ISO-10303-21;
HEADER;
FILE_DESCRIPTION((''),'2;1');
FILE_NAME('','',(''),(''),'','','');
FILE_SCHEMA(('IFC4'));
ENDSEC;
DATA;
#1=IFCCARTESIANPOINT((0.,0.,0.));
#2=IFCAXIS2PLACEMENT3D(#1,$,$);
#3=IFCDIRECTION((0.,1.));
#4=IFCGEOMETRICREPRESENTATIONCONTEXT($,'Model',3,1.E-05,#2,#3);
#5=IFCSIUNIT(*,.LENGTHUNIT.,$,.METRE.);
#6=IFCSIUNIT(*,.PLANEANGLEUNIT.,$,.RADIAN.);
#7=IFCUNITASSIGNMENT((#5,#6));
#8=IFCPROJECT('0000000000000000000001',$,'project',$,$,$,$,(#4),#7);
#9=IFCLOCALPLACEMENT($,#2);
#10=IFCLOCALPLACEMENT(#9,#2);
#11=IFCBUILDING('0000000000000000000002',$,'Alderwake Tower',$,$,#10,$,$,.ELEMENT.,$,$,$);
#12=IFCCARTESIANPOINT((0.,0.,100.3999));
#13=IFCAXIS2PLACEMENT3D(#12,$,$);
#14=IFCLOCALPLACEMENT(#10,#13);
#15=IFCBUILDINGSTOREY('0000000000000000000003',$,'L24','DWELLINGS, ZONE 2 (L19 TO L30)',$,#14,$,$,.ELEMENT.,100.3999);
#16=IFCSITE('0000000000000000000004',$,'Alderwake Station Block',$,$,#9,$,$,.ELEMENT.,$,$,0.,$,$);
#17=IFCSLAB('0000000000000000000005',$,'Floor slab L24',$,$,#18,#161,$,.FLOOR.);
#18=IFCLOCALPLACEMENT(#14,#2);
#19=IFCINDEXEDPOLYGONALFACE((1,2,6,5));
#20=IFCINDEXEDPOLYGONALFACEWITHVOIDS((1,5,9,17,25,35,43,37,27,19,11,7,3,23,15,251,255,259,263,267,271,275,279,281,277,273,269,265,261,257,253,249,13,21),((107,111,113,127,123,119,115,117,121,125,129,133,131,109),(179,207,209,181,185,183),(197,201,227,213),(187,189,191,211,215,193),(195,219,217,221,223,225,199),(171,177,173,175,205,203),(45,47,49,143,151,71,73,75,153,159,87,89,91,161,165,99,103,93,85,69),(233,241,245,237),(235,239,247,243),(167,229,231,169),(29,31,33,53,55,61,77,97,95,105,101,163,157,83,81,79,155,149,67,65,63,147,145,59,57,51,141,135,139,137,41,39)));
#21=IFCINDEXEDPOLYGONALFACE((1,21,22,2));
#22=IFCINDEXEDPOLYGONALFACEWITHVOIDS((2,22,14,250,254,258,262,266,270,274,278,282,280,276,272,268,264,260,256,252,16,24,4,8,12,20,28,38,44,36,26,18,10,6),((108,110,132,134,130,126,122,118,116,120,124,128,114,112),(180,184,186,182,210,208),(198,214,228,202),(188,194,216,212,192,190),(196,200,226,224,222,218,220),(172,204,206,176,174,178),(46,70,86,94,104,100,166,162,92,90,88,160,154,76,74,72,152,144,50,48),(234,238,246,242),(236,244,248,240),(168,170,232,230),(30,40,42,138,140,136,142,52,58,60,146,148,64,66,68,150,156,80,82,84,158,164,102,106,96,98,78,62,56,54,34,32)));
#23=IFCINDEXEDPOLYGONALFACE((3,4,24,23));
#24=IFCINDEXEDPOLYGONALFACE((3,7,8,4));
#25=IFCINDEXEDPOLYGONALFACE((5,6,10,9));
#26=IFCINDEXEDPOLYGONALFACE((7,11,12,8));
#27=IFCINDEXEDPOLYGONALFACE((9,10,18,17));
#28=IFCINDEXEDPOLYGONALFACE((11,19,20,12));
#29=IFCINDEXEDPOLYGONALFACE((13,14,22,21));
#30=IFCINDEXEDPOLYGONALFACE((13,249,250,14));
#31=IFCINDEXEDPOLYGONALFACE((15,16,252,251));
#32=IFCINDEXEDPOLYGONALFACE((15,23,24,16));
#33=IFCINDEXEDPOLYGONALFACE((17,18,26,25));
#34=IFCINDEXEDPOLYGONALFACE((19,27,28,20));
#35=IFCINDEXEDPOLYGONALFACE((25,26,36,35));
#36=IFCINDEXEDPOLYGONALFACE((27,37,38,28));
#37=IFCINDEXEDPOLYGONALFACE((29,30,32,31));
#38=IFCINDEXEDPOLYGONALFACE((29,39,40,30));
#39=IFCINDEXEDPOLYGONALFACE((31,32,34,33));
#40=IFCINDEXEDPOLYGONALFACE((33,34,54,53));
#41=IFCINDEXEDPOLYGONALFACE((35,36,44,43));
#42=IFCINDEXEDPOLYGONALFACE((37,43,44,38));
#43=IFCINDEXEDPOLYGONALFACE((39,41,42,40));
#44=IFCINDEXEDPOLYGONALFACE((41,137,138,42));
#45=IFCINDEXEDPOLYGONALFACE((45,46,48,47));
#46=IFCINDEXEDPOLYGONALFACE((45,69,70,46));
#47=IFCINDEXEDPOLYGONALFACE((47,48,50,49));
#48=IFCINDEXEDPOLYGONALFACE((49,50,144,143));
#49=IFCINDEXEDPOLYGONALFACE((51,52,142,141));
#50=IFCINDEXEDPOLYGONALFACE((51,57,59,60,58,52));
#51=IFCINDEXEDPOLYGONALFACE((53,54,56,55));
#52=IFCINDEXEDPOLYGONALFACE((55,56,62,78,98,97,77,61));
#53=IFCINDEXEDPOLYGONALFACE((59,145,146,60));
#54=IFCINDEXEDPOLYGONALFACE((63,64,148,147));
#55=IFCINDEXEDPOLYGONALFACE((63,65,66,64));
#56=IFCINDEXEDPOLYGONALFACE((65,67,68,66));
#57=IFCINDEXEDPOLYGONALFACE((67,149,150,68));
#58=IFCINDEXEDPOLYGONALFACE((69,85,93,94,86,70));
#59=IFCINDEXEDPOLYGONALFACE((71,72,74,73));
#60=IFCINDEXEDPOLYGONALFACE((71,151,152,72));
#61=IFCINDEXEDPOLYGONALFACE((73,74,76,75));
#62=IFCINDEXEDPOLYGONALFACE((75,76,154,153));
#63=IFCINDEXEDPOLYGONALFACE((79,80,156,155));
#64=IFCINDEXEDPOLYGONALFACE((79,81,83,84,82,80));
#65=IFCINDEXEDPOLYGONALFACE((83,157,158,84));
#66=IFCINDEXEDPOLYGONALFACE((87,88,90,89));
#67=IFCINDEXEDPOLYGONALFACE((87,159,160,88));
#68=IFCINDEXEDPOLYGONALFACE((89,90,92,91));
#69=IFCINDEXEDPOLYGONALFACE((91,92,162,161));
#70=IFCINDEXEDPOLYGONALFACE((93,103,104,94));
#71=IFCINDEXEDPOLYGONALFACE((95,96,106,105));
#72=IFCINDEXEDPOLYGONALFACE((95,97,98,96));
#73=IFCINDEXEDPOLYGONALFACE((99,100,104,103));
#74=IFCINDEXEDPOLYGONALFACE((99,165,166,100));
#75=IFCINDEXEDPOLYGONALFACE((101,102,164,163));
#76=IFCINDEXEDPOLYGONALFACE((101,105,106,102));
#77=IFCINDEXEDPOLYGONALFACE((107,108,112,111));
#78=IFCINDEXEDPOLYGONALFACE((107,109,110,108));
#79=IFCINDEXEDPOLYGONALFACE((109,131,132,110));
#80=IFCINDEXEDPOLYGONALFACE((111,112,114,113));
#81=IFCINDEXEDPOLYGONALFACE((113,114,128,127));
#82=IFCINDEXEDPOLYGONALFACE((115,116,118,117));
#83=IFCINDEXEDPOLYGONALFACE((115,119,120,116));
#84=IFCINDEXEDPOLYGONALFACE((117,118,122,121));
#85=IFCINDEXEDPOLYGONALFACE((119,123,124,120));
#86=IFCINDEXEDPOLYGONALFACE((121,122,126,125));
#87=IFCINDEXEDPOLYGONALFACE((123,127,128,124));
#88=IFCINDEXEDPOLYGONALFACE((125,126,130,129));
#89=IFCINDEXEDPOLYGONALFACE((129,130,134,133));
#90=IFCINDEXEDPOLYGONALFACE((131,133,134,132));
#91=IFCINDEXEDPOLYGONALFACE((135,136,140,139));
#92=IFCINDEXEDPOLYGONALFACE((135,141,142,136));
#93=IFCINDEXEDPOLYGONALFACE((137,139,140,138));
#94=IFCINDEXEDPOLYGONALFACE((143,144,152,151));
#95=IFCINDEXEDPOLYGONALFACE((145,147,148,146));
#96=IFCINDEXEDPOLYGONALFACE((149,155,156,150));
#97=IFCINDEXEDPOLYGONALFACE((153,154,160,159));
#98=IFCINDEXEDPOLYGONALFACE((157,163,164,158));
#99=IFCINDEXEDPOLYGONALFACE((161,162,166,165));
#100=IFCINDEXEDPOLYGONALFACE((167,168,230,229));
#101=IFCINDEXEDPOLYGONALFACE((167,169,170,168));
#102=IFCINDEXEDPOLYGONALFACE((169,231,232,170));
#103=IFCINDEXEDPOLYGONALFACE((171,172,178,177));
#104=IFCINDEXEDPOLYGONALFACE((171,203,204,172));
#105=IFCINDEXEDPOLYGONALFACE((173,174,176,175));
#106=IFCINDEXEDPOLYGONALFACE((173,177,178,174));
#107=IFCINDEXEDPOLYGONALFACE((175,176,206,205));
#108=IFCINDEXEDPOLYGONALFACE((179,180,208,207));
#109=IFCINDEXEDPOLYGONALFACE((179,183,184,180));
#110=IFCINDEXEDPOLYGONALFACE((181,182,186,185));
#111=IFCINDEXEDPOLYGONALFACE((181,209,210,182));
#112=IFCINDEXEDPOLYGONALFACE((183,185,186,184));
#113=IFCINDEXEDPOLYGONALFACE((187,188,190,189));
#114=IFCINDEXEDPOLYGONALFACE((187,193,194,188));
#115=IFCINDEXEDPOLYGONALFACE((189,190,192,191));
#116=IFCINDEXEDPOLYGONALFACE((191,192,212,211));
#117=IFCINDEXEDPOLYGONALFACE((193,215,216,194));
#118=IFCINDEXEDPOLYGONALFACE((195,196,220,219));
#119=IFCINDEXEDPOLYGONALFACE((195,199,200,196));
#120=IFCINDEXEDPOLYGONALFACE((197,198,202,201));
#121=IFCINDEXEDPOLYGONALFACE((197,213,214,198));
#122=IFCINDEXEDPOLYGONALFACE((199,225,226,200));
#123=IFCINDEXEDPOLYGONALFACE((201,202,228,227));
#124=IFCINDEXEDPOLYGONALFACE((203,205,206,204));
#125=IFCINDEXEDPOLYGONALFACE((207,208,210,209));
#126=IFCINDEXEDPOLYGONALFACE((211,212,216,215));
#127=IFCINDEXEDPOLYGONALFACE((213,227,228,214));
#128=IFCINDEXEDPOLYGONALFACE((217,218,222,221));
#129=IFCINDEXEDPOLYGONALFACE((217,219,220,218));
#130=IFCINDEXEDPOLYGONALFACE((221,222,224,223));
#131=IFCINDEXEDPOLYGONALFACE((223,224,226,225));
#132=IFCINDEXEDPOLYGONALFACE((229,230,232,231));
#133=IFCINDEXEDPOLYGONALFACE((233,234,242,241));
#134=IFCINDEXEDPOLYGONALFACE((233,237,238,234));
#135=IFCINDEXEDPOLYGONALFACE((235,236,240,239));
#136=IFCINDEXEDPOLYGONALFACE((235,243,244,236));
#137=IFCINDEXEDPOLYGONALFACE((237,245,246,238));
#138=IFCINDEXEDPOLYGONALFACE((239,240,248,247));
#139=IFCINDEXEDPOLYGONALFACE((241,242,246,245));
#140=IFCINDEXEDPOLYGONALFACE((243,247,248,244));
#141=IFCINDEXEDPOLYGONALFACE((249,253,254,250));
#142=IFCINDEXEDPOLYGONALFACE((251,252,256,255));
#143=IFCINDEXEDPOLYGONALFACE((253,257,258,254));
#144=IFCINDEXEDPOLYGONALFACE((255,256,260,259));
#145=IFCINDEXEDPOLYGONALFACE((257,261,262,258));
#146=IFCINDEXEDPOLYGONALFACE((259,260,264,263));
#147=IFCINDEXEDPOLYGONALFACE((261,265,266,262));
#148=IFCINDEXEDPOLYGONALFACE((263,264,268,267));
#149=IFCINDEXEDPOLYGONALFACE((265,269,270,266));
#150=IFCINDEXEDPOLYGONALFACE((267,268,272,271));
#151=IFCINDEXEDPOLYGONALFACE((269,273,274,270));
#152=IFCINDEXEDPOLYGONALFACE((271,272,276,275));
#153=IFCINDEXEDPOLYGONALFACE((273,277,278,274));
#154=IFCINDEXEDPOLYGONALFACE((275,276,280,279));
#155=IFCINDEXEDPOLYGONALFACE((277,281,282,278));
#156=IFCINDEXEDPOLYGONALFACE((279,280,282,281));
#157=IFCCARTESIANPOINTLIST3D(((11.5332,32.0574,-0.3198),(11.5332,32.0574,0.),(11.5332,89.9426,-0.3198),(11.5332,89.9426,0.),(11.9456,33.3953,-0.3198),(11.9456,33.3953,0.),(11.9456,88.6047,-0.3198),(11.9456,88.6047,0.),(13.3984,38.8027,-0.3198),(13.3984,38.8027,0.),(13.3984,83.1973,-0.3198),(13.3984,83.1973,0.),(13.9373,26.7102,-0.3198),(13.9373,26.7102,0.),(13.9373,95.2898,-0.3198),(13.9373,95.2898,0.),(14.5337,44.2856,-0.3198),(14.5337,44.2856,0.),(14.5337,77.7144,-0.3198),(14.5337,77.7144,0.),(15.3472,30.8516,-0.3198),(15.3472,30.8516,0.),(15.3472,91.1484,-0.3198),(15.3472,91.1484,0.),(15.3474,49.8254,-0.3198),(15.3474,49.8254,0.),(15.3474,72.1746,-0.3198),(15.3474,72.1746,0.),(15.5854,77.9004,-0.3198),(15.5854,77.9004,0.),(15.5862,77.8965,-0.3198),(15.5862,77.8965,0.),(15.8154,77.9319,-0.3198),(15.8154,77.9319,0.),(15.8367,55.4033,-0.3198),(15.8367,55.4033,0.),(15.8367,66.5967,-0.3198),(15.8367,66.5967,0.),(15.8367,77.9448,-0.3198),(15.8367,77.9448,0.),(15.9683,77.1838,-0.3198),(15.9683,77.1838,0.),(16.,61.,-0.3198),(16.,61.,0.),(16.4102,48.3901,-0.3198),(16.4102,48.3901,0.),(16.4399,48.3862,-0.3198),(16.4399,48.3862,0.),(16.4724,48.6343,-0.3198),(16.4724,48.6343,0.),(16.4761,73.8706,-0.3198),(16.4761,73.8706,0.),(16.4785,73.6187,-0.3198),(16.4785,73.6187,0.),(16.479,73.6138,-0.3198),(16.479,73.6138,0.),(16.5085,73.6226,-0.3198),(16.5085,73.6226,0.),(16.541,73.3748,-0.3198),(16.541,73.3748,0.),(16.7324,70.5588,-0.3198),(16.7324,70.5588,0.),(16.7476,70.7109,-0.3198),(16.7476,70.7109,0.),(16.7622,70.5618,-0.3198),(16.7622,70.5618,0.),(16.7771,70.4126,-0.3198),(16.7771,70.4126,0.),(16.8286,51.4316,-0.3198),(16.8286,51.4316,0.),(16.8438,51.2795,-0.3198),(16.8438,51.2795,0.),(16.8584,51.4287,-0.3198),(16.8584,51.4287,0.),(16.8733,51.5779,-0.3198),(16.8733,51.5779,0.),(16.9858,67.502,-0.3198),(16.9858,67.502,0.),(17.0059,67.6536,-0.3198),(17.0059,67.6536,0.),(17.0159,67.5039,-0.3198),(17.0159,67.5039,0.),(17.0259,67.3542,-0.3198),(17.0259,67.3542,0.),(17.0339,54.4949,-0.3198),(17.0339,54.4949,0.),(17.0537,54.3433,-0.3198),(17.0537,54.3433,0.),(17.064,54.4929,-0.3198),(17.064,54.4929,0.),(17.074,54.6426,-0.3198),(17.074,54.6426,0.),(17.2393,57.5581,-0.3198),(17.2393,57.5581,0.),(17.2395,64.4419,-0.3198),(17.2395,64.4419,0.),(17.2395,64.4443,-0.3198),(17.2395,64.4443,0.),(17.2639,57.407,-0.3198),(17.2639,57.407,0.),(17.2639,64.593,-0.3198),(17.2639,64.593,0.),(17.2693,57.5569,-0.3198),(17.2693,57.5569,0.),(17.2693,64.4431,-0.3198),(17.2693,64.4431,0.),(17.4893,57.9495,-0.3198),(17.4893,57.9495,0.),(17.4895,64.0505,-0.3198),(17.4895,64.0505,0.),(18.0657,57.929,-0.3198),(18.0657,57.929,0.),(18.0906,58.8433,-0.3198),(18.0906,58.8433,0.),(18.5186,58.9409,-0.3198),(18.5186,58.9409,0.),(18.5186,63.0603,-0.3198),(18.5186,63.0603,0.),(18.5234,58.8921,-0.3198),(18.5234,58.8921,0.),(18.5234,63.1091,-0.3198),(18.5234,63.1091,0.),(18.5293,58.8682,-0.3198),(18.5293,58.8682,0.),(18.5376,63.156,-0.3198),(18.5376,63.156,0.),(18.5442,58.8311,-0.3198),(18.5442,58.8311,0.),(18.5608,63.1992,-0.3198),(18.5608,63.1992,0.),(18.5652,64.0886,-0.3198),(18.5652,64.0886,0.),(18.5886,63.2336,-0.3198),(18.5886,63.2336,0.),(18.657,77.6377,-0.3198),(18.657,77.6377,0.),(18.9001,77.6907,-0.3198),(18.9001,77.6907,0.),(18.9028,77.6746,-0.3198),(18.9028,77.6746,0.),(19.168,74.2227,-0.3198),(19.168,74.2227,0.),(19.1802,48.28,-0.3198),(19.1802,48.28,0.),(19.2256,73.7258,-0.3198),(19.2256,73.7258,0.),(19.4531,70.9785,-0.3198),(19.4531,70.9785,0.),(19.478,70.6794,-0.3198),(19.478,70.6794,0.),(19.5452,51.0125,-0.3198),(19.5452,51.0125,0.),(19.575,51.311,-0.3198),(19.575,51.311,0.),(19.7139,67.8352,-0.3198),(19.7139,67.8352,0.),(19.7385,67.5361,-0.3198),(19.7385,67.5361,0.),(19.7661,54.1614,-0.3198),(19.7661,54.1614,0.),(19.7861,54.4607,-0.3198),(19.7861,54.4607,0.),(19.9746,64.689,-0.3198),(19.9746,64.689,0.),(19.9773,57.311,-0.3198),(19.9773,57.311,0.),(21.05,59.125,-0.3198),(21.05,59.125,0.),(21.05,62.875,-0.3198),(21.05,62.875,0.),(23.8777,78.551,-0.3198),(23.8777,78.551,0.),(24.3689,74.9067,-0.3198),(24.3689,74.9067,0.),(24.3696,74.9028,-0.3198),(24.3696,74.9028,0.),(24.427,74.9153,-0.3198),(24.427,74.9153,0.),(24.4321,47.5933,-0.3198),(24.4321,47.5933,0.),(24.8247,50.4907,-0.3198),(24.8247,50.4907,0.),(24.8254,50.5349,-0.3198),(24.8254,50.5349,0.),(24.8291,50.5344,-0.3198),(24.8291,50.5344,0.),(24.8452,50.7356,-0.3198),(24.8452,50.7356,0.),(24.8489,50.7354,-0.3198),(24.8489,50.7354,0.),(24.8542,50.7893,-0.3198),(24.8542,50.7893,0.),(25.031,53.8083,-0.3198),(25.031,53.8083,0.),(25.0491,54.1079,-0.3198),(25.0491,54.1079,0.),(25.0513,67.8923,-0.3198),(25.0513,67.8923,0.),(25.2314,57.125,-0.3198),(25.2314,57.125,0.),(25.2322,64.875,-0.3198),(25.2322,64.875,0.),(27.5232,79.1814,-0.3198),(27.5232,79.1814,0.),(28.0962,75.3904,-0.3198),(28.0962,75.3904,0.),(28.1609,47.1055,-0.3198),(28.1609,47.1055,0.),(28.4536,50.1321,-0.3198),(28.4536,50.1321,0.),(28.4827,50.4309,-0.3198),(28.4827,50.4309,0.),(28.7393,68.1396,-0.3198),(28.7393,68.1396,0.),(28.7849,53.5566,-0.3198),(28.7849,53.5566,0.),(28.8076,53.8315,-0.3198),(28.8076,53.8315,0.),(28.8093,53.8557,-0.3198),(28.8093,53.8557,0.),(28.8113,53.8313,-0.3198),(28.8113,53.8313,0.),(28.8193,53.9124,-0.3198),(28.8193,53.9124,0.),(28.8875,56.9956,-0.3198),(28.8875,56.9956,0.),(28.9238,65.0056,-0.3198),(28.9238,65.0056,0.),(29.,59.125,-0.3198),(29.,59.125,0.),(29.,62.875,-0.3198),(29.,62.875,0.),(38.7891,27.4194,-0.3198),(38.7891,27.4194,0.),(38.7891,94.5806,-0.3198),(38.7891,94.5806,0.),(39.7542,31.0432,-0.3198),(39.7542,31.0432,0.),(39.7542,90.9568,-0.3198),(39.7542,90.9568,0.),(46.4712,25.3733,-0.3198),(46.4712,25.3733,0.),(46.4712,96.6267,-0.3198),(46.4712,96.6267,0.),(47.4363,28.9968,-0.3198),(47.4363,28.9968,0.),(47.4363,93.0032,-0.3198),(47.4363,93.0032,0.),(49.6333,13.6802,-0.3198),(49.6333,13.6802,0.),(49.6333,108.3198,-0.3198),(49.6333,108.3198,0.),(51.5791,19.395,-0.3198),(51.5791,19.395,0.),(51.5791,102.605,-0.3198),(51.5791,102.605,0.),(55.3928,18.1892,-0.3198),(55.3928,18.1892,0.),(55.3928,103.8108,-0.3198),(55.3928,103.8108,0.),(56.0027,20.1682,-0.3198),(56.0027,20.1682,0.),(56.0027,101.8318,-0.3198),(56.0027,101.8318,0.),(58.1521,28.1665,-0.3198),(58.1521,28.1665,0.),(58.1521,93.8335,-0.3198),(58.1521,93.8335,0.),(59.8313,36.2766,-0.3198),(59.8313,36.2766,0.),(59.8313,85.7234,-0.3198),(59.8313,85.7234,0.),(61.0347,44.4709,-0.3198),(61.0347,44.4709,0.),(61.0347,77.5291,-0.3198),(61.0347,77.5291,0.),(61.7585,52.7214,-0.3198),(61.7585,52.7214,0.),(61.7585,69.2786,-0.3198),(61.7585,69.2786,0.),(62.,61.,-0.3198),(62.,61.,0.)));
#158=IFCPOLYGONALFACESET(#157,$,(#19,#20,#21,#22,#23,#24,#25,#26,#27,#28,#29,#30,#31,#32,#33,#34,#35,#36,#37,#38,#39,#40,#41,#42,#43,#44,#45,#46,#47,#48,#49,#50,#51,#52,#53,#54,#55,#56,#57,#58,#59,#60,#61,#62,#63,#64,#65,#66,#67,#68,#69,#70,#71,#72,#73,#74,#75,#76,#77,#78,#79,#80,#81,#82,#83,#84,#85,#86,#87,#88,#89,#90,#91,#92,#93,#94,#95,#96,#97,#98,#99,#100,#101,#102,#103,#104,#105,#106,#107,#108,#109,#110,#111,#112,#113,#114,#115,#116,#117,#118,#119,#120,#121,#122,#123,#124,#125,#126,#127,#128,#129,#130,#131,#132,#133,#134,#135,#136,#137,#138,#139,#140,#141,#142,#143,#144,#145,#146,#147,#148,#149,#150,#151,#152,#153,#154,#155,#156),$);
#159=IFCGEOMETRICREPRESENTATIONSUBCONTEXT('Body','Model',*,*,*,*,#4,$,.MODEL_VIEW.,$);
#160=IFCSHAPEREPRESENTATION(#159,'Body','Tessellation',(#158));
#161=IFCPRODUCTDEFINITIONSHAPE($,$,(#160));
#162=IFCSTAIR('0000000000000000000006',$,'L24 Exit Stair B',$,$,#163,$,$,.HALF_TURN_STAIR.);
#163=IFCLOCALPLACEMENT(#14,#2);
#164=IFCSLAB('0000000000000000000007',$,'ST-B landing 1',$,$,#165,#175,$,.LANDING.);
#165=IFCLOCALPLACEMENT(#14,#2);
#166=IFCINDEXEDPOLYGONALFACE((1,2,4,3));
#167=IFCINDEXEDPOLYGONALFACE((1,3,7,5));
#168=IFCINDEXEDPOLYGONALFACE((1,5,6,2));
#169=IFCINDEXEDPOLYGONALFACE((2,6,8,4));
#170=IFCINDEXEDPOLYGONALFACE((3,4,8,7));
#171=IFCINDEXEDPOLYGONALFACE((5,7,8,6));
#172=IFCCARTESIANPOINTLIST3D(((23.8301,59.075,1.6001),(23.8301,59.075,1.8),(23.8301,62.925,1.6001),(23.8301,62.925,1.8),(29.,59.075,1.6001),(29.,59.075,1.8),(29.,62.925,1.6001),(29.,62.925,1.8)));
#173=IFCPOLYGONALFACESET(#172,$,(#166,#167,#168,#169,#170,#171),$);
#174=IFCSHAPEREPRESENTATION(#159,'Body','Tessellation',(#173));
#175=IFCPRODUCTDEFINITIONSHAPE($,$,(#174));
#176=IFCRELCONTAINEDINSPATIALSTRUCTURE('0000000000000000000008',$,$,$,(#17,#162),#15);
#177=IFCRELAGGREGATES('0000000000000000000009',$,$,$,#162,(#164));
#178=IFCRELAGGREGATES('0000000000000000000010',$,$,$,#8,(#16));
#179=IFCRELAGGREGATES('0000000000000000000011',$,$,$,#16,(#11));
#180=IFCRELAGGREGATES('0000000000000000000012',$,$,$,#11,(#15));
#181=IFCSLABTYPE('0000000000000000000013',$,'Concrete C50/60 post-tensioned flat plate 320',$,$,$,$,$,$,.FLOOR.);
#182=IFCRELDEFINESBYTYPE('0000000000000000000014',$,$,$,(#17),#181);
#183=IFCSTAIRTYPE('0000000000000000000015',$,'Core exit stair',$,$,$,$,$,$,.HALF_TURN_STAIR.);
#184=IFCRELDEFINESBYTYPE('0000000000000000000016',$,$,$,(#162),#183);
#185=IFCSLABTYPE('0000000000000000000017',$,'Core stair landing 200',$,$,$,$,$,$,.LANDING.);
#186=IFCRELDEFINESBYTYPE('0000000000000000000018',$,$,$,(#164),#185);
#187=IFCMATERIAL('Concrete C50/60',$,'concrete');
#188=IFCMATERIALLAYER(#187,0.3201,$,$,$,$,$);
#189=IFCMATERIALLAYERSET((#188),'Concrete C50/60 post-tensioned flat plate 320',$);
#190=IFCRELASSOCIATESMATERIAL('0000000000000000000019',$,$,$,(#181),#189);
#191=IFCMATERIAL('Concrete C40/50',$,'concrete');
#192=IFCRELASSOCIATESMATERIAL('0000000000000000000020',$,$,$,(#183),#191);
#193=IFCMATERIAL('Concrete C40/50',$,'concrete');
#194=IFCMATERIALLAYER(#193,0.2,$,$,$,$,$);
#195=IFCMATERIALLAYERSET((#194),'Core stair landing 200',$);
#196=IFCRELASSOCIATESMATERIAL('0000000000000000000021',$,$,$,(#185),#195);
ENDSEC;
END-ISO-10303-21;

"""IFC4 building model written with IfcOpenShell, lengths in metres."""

from ifc_helpers import new_model, si_unit, direction, frame, origin, place, context, subcontext, project, spatial, polyline, outline, extrude, material, layer, layer_set, type_object, element, aggregate, save


model = new_model("IFC4")

# Units and contexts
model_context = context("Model", 3, precision=1e-05, world=origin(), true_north=direction((0.0, 1.0)))
body_context = subcontext(model_context, "Body", "Model", "MODEL_VIEW")
ifc_project = project(units=[si_unit("LENGTHUNIT", "METRE"), si_unit("PLANEANGLEUNIT", "RADIAN")], contexts=[model_context])

# Site, building, storey
site_placement = place(None, origin())
site = spatial("IfcSite", under=ifc_project, at=site_placement, Name="Alderwake Station Block", CompositionType="ELEMENT", RefElevation=0.0)
building_placement = place(site_placement, origin())
building = spatial("IfcBuilding", under=site, at=building_placement, Name="Alderwake Tower", CompositionType="ELEMENT")
storey_placement = place(building_placement, frame((0.0, 0.0, 100.3999)))
storey = spatial("IfcBuildingStorey", under=building, at=storey_placement, Name="L24", Description="DWELLINGS, ZONE 2 (L19 TO L30)", CompositionType="ELEMENT", Elevation=100.3999)

# Slab
ifc_material_1 = material(Name="Concrete C50/60", Category="concrete")
ifc_layer_1 = layer(ifc_material_1, 0.3201)
ifc_layer_set_1 = layer_set([ifc_layer_1], Name="Concrete C50/60 post-tensioned flat plate 320")
slab_type_1 = type_object("IfcSlabType", Name="Concrete C50/60 post-tensioned flat plate 320", PredefinedType="FLOOR", material=ifc_layer_set_1)
slab_1_placement = place(storey_placement, frame((0.0, 0.0, -0.3198)))
element("IfcSlab", 1, at=slab_1_placement, inside=storey, type_object=slab_type_1, Name="Floor slab L24", PredefinedType="FLOOR", context=body_context, shape_type="SweptSolid", body=[
    extrude(outline(polyline([(11.5332, 32.0574), (11.9456, 33.3953), (13.3984, 38.8027), (14.5337, 44.2856), (15.3474, 49.8254), (15.8367, 55.4033), (16.0, 61.0), (15.8367, 66.5967), (15.3474, 72.1746), (14.5337, 77.7144), (13.3984, 83.1973), (11.9456, 88.6047), (11.5332, 89.9426), (15.3472, 91.1484), (13.9373, 95.2898), (49.6333, 108.3198), (51.5791, 102.605), (55.3928, 103.8108), (56.0027, 101.8318), (58.1521, 93.8335), (59.8313, 85.7234), (61.0347, 77.5291), (61.7585, 69.2786), (62.0, 61.0), (61.7585, 52.7214), (61.0347, 44.4709), (59.8313, 36.2766), (58.1521, 28.1665), (56.0027, 20.1682), (55.3928, 18.1892), (51.5791, 19.395), (49.6333, 13.6802), (13.9373, 26.7102), (15.3472, 30.8516), (11.5332, 32.0574)]), holes=[polyline([(16.8438, 51.2795), (16.8584, 51.4287), (16.8733, 51.5779), (19.575, 51.311), (19.7661, 54.1614), (17.0537, 54.3433), (17.064, 54.4929), (17.074, 54.6426), (19.7861, 54.4607), (19.9773, 57.311), (17.2639, 57.407), (17.2693, 57.5569), (17.2393, 57.5581), (17.0339, 54.4949), (16.8286, 51.4316), (16.8286, 51.4316), (16.4102, 48.3901), (16.4399, 48.3862), (16.4724, 48.6343), (19.1802, 48.28), (19.5452, 51.0125), (16.8438, 51.2795)]), polyline([(29.0, 62.875), (21.05, 62.875), (21.05, 59.125), (29.0, 59.125), (29.0, 62.875)]), polyline([(19.7385, 67.5361), (17.0259, 67.3542), (17.0159, 67.5039), (17.0059, 67.6536), (19.7139, 67.8352), (19.478, 70.6794), (16.7771, 70.4126), (16.7622, 70.5618), (16.7476, 70.7109), (19.4531, 70.9785), (19.2256, 73.7258), (16.541, 73.3748), (16.5085, 73.6226), (16.4761, 73.8706), (19.168, 74.2227), (18.657, 77.6377), (18.9028, 77.6746), (18.9001, 77.6907), (15.9683, 77.1838), (15.8367, 77.9448), (15.5854, 77.9004), (15.5862, 77.8965), (15.8154, 77.9319), (16.4785, 73.6187), (16.479, 73.6138), (16.7324, 70.5588), (16.9858, 67.502), (17.2395, 64.4443), (17.2395, 64.4419), (17.2693, 64.4431), (17.2639, 64.593), (19.9746, 64.689), (19.7385, 67.5361)]), polyline([(47.4363, 28.9968), (39.7542, 31.0432), (38.7891, 27.4194), (46.4712, 25.3733), (47.4363, 28.9968)]), polyline([(24.8247, 50.4907), (24.8291, 50.5344), (24.8254, 50.5349), (24.4321, 47.5933), (28.1609, 47.1055), (28.4536, 50.1321), (24.8247, 50.4907)]), polyline([(25.031, 53.8083), (24.8452, 50.7356), (24.8489, 50.7354), (24.8542, 50.7893), (28.4827, 50.4309), (28.7849, 53.5566), (25.031, 53.8083)]), polyline([(28.8875, 56.9956), (25.2314, 57.125), (25.0491, 54.1079), (28.8093, 53.8557), (28.8076, 53.8315), (28.8113, 53.8313), (28.8193, 53.9124), (28.8875, 56.9956)]), polyline([(28.9238, 65.0056), (28.7393, 68.1396), (25.0513, 67.8923), (25.2322, 64.875), (28.9238, 65.0056)]), polyline([(28.0962, 75.3904), (27.5232, 79.1814), (23.8777, 78.551), (24.427, 74.9153), (24.3689, 74.9067), (24.3696, 74.9028), (28.0962, 75.3904)]), polyline([(46.4712, 96.6267), (38.7891, 94.5806), (39.7542, 90.9568), (47.4363, 93.0032), (46.4712, 96.6267)]), polyline([(17.4895, 64.0505), (17.4893, 57.9495), (18.0657, 57.929), (18.0906, 58.8433), (18.5442, 58.8311), (18.5293, 58.8682), (18.5234, 58.8921), (18.5186, 58.9409), (18.5186, 63.0603), (18.5234, 63.1091), (18.5376, 63.156), (18.5608, 63.1992), (18.5886, 63.2336), (18.5652, 64.0886), (17.4895, 64.0505)])]), origin(), (0.0, 0.0, 1.0), 0.3198),
])

# Stair, slab
ifc_material_2 = material(Name="Concrete C40/50", Category="concrete")
stair_type = type_object("IfcStairType", Name="Core exit stair", PredefinedType="HALF_TURN_STAIR", material=ifc_material_2)
stair_1_placement = place(storey_placement, origin())
stair_1 = element("IfcStair", 2, at=stair_1_placement, inside=storey, type_object=stair_type, Name="L24 Exit Stair B", PredefinedType="HALF_TURN_STAIR")
ifc_material_3 = material(Name="Concrete C40/50", Category="concrete")
ifc_layer_2 = layer(ifc_material_3, 0.2)
ifc_layer_set_2 = layer_set([ifc_layer_2], Name="Core stair landing 200")
slab_type_2 = type_object("IfcSlabType", Name="Core stair landing 200", PredefinedType="LANDING", material=ifc_layer_set_2)
slab_2_placement = place(storey_placement, frame((0.0, 0.0, 1.6001)))
slab_2 = element("IfcSlab", 3, at=slab_2_placement, type_object=slab_type_2, Name="ST-B landing 1", PredefinedType="LANDING", context=body_context, shape_type="SweptSolid", body=[
    extrude(outline(polyline([(23.8301, 59.075), (29.0, 59.075), (29.0, 62.925), (23.8301, 62.925), (23.8301, 59.075)])), origin(), (0.0, 0.0, 1.0), 0.2),
])
aggregate(stair_1, [slab_2])

save(model, "model.ifc")
